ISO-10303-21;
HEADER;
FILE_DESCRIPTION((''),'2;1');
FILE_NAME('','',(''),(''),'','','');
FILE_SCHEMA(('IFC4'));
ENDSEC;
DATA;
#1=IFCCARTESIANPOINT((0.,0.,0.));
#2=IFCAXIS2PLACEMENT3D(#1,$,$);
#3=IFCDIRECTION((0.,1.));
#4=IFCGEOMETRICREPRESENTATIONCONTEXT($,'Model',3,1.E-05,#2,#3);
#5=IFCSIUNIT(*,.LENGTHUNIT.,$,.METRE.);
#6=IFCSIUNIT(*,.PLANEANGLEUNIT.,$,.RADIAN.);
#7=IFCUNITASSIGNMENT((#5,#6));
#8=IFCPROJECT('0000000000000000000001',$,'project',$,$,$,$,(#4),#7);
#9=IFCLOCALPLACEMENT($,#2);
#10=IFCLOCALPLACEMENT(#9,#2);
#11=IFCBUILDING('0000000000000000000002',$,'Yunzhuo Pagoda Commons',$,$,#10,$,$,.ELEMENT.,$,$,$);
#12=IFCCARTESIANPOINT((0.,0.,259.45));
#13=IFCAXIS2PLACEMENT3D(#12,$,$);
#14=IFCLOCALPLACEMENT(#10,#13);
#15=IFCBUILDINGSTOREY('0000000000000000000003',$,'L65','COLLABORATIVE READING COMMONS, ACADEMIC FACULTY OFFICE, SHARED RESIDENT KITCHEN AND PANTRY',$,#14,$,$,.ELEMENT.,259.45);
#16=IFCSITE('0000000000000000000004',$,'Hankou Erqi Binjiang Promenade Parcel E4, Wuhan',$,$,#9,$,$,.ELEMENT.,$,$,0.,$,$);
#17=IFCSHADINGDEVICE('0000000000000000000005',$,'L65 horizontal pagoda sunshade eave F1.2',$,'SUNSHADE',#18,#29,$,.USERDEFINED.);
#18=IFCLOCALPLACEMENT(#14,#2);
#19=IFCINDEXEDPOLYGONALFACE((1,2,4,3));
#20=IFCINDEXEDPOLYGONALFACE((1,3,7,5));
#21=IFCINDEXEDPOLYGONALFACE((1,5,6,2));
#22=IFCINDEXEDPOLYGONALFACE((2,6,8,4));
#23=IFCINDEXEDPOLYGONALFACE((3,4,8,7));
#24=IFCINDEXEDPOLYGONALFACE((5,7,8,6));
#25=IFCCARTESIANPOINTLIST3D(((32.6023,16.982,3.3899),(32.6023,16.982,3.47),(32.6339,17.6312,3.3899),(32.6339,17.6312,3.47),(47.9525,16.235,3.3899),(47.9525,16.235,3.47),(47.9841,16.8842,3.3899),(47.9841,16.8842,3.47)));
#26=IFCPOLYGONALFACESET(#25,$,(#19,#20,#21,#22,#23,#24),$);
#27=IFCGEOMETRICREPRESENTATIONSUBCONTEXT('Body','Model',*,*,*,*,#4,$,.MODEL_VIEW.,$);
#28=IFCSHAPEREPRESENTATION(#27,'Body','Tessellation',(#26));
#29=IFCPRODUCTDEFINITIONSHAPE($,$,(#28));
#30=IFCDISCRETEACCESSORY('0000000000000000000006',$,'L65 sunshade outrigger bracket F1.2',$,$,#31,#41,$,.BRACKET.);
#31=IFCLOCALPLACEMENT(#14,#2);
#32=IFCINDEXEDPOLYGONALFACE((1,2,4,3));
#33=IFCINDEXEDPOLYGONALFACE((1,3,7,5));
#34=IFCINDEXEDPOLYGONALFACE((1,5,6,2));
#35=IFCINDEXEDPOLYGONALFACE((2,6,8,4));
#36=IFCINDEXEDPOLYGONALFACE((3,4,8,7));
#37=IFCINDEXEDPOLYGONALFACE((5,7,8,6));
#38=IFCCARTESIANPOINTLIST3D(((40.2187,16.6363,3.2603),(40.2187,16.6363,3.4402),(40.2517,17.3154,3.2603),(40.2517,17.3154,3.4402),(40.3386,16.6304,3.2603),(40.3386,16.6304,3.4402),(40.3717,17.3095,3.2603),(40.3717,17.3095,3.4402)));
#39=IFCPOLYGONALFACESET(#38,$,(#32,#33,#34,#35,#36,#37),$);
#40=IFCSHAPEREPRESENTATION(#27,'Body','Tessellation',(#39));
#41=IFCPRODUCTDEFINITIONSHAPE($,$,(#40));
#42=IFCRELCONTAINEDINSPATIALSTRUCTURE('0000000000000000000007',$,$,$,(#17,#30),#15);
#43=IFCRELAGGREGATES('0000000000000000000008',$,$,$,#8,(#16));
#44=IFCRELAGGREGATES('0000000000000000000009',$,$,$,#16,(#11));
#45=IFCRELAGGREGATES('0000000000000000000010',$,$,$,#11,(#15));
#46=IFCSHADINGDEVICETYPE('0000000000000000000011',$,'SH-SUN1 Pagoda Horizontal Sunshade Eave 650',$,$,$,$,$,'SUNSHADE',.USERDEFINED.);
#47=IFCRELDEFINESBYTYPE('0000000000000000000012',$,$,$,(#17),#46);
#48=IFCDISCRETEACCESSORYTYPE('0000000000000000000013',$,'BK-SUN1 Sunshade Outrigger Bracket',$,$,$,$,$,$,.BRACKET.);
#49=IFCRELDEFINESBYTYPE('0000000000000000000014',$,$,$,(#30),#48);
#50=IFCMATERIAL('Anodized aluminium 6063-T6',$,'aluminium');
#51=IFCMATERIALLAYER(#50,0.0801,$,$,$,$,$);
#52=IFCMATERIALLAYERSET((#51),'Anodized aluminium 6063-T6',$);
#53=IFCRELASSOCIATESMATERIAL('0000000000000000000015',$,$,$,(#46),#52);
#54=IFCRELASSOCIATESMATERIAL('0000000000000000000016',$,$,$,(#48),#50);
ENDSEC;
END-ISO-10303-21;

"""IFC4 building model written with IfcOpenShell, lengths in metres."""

from ifc_helpers import new_model, si_unit, direction, frame, origin, origin_2d, place, context, subcontext, project, spatial, rectangle, extrude, source, transform, mapped, material, layer, layer_set, type_object, element, save


model = new_model("IFC4")

# Units and contexts
model_context = context("Model", 3, precision=1e-05, world=origin(), true_north=direction((0.0, 1.0)))
body_context = subcontext(model_context, "Body", "Model", "MODEL_VIEW")
ifc_project = project(units=[si_unit("LENGTHUNIT", "METRE"), si_unit("PLANEANGLEUNIT", "RADIAN")], contexts=[model_context])

# Site, building, storey
site_placement = place(None, origin())
site = spatial("IfcSite", under=ifc_project, at=site_placement, Name="Hankou Erqi Binjiang Promenade Parcel E4, Wuhan", CompositionType="ELEMENT", RefElevation=0.0)
building_placement = place(site_placement, origin())
building = spatial("IfcBuilding", under=site, at=building_placement, Name="Yunzhuo Pagoda Commons", CompositionType="ELEMENT")
storey_placement = place(building_placement, frame((0.0, 0.0, 259.45)))
storey = spatial("IfcBuildingStorey", under=building, at=storey_placement, Name="L65", Description="COLLABORATIVE READING COMMONS, ACADEMIC FACULTY OFFICE, SHARED RESIDENT KITCHEN AND PANTRY", CompositionType="ELEMENT", Elevation=259.45)

# Shared definitions
ifc_material_1 = material(Name="Anodized aluminium 6063-T6", Category="aluminium")

# Shading device
ifc_layer_1 = layer(ifc_material_1, 0.0801)
ifc_layer_set_1 = layer_set([ifc_layer_1], Name="Anodized aluminium 6063-T6")
shading_device_type = type_object("IfcShadingDeviceType", Name="SH-SUN1 Pagoda Horizontal Sunshade Eave 650", ElementType="SUNSHADE", PredefinedType="USERDEFINED", material=ifc_layer_set_1)
shared_shape_1 = source(origin(), body_context, "Body", "SweptSolid", [
    extrude(rectangle(XDim=15.3684, YDim=0.6499, at=origin_2d()), origin(), (0.0, 0.0, 1.0), 0.0801),
])
shading_device_placement = place(storey_placement, frame((40.2932, 16.9331, 3.3899), z_axis=(0.0, 0.0, 1.0), x_axis=(0.998818, -0.048606, 0.0)))
element("IfcShadingDevice", 1, at=shading_device_placement, inside=storey, type_object=shading_device_type, Name="L65 horizontal pagoda sunshade eave F1.2", ObjectType="SUNSHADE", PredefinedType="USERDEFINED", context=body_context, shape_type="MappedRepresentation", body=[
    mapped(shared_shape_1, transform((0.0, 0.0, 0.0), scale=1.0)),
])

# Discrete accessory
discrete_accessory_type = type_object("IfcDiscreteAccessoryType", Name="BK-SUN1 Sunshade Outrigger Bracket", PredefinedType="BRACKET", material=ifc_material_1)
shared_shape_2 = source(origin(), body_context, "Body", "SweptSolid", [
    extrude(rectangle(XDim=0.1201, YDim=0.6799, at=origin_2d()), origin(), (0.0, 0.0, 1.0), 0.1799),
])
discrete_accessory_placement = place(storey_placement, frame((40.2952, 16.9729, 3.2603), z_axis=(0.0, 0.0, 1.0), x_axis=(0.998818, -0.048606, 0.0)))
element("IfcDiscreteAccessory", 2, at=discrete_accessory_placement, inside=storey, type_object=discrete_accessory_type, Name="L65 sunshade outrigger bracket F1.2", PredefinedType="BRACKET", context=body_context, shape_type="MappedRepresentation", body=[
    mapped(shared_shape_2, transform((0.0, 0.0, 0.0), scale=1.0)),
])

save(model, "model.ifc")
